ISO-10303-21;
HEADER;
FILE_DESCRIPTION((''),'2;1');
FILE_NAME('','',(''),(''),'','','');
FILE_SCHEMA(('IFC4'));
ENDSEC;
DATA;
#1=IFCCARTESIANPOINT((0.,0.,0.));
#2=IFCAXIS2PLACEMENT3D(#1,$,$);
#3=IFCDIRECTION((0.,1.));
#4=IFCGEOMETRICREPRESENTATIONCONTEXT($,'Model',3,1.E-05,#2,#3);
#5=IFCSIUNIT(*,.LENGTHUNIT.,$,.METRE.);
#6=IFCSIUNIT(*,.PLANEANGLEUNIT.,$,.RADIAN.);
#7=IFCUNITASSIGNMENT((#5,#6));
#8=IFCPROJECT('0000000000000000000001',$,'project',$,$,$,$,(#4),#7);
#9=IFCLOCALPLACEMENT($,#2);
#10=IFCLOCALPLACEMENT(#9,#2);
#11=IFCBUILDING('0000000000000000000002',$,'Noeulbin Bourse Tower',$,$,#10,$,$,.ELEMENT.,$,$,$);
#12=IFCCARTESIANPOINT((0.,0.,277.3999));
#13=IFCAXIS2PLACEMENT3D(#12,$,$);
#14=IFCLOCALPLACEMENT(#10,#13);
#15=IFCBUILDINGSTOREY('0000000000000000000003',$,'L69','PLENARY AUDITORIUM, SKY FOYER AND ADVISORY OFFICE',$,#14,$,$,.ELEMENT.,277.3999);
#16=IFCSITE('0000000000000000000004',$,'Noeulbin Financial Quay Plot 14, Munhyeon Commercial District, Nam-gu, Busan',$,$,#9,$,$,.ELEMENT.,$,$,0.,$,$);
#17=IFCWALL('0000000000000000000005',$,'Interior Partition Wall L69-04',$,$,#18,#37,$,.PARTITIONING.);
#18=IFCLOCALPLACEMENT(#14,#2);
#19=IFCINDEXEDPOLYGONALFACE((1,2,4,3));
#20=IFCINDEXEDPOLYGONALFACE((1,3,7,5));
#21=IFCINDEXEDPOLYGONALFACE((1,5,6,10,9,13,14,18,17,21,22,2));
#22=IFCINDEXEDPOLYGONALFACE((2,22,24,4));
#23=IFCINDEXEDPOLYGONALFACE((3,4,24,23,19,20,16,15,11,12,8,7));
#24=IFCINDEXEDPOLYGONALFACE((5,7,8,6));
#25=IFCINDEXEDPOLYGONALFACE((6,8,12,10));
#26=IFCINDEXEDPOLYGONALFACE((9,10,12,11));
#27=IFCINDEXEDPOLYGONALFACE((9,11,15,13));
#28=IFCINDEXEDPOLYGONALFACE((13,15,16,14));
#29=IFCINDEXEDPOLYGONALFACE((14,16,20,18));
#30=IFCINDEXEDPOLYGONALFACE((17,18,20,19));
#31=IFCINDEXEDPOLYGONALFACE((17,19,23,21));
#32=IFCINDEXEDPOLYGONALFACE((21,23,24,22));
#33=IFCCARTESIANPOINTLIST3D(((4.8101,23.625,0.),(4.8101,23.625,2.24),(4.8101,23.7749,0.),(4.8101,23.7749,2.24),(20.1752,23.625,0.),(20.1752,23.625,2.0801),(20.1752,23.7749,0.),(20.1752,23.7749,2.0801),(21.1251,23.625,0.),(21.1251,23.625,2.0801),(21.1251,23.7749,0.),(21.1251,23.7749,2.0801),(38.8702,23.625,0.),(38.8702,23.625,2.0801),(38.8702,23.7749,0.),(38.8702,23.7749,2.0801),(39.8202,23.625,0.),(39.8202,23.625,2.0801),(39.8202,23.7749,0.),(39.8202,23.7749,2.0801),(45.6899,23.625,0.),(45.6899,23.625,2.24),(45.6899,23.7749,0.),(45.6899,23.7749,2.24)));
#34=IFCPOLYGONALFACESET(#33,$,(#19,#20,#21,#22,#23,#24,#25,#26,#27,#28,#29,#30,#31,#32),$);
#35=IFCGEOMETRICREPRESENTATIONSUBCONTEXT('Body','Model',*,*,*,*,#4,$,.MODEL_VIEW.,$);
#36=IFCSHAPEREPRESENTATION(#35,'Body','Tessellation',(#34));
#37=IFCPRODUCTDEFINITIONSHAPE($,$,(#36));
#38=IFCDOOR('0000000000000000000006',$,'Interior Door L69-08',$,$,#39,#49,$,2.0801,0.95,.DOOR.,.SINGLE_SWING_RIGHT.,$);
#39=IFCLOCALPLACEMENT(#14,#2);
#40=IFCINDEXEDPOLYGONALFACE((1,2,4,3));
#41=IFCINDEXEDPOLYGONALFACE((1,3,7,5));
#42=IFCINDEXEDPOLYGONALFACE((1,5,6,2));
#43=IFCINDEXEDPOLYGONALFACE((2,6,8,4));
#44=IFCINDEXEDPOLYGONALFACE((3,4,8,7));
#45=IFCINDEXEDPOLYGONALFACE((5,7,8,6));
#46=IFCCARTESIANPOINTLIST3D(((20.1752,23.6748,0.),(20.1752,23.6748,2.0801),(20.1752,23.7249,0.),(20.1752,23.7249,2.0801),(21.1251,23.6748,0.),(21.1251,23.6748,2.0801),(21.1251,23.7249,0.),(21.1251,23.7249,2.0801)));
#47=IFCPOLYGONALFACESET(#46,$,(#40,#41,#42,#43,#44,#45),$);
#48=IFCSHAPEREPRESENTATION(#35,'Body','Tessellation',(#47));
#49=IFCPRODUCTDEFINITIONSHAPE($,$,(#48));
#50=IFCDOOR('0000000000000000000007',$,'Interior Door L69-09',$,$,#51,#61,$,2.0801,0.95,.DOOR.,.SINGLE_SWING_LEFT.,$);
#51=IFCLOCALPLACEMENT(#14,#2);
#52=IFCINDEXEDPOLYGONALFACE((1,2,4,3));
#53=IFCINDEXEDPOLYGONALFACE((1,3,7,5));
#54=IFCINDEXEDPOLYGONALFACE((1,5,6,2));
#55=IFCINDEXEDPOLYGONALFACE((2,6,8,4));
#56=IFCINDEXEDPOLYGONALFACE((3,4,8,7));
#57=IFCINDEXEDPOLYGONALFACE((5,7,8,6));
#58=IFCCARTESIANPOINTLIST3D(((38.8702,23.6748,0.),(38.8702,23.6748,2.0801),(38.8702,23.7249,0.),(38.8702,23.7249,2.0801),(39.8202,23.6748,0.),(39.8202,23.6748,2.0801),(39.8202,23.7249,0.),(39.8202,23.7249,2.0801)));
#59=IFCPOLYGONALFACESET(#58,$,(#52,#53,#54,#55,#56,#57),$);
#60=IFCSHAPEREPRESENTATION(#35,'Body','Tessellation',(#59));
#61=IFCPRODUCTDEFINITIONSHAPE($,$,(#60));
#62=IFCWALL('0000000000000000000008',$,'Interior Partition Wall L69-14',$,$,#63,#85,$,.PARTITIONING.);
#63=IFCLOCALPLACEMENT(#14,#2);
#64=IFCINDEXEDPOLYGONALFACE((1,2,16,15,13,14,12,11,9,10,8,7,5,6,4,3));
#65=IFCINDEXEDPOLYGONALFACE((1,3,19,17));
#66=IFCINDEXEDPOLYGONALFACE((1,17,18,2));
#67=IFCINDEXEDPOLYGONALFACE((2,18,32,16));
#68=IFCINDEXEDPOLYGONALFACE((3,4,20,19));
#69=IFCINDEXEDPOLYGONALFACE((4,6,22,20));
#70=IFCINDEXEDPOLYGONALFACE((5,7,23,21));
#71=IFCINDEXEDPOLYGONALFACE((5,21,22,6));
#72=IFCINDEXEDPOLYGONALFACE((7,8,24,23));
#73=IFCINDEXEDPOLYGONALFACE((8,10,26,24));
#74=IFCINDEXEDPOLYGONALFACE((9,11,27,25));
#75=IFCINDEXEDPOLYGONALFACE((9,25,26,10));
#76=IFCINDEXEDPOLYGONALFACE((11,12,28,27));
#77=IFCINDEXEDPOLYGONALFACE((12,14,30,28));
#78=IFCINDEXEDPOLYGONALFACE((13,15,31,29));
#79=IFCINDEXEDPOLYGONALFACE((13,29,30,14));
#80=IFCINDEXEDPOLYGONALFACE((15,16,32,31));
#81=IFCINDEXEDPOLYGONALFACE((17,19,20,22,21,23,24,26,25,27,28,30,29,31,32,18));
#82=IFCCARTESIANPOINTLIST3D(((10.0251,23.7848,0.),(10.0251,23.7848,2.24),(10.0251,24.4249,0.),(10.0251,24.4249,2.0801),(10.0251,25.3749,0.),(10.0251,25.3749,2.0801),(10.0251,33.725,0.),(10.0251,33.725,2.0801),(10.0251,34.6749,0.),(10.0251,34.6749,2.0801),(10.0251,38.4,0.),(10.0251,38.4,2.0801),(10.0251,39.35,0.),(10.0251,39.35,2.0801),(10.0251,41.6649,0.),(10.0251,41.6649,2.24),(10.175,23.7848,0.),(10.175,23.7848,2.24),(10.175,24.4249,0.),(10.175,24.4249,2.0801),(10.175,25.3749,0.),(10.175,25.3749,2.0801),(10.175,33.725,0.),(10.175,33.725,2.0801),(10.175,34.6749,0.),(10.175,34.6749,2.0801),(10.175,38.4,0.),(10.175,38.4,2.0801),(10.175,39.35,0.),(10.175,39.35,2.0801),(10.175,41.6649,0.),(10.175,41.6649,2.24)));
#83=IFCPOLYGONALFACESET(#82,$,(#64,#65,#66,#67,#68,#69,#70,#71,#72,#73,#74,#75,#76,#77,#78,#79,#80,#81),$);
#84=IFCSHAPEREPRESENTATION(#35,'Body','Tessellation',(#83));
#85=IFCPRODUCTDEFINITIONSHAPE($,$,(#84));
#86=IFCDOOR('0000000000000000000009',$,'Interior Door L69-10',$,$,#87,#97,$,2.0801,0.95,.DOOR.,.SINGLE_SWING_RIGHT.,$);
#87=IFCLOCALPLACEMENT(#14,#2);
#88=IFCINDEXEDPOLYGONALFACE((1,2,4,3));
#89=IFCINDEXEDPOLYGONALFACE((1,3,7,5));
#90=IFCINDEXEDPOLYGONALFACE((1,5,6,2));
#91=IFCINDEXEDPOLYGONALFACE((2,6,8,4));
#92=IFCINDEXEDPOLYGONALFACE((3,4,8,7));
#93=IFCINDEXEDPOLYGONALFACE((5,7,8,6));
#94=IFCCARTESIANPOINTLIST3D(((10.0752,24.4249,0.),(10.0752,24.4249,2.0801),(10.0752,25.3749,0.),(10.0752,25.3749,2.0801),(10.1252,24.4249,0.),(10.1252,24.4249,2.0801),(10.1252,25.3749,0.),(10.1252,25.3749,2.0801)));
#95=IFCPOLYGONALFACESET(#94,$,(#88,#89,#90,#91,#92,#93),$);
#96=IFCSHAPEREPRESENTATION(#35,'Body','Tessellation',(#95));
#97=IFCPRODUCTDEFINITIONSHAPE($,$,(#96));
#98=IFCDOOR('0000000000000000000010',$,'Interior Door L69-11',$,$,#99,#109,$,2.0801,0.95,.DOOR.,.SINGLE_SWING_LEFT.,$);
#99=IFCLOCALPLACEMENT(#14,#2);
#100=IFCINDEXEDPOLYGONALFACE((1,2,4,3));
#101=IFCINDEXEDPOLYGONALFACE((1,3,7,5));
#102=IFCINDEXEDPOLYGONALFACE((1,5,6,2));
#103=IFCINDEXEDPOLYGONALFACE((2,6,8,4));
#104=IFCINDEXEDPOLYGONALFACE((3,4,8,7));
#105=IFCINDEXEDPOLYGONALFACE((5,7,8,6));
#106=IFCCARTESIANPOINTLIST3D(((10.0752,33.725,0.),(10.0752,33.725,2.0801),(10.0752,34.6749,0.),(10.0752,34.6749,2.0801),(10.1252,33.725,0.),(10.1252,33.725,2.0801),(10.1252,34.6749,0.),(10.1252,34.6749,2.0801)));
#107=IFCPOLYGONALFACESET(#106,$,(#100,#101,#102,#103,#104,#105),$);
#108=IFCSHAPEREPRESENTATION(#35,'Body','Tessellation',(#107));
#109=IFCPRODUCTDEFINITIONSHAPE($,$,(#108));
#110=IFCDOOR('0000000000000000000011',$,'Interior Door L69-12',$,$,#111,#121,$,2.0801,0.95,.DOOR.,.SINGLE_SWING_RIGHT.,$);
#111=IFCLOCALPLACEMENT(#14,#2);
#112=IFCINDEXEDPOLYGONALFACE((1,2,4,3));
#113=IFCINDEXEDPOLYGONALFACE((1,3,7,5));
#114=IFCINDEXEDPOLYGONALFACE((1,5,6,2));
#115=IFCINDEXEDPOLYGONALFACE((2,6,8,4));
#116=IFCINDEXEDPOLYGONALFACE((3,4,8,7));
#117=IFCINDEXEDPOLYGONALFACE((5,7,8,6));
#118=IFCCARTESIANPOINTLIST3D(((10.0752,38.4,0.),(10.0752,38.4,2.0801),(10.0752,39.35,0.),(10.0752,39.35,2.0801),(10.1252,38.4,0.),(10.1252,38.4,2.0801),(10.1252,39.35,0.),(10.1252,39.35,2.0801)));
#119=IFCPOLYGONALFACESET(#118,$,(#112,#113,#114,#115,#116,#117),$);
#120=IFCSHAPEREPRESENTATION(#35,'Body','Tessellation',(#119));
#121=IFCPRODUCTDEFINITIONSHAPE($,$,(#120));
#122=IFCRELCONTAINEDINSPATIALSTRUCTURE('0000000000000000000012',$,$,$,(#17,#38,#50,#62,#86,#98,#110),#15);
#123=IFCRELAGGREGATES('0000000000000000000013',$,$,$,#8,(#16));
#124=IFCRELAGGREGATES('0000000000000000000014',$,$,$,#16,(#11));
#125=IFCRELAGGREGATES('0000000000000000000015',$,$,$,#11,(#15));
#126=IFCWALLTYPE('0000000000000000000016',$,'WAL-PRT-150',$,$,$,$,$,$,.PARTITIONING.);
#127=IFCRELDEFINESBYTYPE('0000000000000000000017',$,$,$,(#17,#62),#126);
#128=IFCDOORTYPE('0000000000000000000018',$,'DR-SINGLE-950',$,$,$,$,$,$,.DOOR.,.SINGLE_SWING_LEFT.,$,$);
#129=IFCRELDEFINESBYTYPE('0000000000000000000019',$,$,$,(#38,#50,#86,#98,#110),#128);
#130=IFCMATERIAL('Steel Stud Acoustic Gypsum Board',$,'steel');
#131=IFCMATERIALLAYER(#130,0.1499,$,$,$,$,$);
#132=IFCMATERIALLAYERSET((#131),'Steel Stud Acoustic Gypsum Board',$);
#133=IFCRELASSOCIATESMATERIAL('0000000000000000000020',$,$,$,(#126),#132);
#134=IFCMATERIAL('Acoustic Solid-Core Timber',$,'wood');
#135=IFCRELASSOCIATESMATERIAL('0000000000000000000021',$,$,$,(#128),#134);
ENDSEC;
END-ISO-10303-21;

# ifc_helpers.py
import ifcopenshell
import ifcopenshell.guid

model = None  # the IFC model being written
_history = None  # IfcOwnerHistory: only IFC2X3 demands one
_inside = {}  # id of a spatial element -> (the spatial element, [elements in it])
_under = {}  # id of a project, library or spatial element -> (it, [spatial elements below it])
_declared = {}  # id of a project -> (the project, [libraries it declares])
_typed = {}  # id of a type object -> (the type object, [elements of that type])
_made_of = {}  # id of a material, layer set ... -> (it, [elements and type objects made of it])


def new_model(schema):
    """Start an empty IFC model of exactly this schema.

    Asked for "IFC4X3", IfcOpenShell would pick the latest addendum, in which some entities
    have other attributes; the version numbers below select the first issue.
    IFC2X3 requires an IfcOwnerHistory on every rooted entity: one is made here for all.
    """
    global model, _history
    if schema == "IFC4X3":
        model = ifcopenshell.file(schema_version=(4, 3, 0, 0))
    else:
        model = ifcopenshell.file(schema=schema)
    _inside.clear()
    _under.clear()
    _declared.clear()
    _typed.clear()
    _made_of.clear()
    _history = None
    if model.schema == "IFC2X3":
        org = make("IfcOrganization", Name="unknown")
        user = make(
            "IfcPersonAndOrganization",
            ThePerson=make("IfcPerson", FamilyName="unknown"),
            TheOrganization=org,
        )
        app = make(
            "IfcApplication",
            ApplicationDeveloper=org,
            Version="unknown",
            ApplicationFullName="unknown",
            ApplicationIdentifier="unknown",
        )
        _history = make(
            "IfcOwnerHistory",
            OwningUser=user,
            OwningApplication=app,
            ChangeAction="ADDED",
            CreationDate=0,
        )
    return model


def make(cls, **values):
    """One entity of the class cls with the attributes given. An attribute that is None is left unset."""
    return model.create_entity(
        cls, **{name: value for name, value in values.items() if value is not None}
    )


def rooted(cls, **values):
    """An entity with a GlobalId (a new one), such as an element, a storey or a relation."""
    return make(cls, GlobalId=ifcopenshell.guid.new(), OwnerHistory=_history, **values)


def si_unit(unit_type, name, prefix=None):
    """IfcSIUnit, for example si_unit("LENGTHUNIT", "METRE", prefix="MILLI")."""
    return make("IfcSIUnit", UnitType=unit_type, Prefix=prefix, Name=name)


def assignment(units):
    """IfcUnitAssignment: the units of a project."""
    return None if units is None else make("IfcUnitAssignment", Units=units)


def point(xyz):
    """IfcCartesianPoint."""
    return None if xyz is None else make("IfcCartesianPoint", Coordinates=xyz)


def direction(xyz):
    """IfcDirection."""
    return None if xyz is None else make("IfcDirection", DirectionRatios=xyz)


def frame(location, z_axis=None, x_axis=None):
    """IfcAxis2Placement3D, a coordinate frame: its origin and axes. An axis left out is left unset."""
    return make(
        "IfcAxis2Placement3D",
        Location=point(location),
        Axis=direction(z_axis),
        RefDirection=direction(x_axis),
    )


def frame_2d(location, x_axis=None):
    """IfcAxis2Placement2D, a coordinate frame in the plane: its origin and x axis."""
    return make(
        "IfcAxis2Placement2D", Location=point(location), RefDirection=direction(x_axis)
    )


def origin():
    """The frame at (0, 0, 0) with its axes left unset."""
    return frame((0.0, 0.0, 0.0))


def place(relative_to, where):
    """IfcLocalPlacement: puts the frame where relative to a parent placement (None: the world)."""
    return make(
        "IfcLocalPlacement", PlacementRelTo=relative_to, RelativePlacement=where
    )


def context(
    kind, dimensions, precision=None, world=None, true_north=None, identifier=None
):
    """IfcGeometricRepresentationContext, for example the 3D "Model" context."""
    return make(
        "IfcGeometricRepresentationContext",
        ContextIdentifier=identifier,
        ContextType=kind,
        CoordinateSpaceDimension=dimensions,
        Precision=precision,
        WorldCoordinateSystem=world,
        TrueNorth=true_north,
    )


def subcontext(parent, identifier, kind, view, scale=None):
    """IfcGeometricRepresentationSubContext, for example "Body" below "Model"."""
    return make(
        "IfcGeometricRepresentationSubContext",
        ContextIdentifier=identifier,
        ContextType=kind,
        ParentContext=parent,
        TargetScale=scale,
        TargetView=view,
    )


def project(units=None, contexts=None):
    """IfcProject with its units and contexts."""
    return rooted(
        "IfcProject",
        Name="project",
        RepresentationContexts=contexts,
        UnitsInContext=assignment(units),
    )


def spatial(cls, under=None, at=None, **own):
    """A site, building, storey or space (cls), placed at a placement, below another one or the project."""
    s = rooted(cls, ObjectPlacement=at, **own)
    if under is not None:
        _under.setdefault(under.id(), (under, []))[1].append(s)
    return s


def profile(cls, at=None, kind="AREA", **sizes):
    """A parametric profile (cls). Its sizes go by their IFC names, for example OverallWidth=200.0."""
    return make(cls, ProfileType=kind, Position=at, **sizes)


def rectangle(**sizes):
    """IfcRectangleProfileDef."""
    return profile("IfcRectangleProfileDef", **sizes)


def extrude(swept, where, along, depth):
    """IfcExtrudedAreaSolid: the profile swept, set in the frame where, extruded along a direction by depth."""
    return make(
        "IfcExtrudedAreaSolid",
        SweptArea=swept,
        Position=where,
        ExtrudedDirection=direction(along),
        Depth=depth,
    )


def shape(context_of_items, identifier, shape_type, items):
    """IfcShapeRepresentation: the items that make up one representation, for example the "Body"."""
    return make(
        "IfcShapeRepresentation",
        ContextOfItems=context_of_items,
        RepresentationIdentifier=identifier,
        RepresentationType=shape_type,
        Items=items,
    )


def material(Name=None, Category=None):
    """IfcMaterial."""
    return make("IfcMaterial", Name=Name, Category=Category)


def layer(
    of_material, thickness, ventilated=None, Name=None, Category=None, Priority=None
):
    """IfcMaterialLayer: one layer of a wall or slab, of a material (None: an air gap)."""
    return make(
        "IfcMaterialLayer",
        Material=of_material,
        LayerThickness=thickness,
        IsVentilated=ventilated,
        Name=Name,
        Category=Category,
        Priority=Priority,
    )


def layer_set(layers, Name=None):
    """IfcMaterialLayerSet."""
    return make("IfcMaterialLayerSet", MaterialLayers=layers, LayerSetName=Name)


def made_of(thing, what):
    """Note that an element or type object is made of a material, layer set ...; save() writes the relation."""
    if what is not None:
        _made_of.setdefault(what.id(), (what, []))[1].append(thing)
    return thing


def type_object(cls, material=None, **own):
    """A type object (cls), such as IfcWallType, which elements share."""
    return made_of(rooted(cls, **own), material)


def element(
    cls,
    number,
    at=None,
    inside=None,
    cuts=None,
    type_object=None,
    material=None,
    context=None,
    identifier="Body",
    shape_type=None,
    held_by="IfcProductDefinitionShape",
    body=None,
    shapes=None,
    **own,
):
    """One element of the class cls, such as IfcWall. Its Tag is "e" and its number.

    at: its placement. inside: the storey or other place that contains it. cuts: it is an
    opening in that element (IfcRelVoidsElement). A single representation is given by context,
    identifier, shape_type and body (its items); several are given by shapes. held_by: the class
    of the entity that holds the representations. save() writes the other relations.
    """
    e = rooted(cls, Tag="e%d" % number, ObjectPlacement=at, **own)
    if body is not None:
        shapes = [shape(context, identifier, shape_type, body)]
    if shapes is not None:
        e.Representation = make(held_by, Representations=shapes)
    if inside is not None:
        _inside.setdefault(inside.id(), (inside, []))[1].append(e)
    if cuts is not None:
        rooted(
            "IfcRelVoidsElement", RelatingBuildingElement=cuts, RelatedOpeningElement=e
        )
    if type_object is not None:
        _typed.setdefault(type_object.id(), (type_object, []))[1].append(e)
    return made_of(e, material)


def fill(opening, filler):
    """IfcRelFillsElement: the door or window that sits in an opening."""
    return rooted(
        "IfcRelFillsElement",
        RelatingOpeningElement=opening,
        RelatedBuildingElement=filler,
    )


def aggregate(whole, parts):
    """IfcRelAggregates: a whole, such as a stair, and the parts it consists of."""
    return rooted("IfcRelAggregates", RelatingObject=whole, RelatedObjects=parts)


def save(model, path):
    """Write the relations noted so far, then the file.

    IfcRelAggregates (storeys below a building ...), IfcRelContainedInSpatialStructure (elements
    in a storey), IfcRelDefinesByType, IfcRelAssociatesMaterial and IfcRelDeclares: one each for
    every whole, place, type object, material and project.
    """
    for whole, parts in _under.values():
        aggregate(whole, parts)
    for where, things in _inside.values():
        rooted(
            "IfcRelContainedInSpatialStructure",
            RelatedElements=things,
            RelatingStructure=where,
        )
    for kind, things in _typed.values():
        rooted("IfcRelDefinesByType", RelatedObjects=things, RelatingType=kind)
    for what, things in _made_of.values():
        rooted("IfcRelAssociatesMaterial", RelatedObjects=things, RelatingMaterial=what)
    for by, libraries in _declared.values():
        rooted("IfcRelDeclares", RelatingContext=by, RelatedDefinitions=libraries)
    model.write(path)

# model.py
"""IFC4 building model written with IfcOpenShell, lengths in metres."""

from ifc_helpers import new_model, si_unit, direction, frame, frame_2d, origin, place, context, subcontext, project, spatial, rectangle, extrude, material, layer, layer_set, type_object, element, fill, save


model = new_model("IFC4")

# Units and contexts
model_context = context("Model", 3, precision=1e-05, world=origin(), true_north=direction((0.0, 1.0)))
body_context = subcontext(model_context, "Body", "Model", "MODEL_VIEW")
ifc_project = project(units=[si_unit("LENGTHUNIT", "METRE"), si_unit("PLANEANGLEUNIT", "RADIAN")], contexts=[model_context])

# Site, building, storey
site_placement = place(None, origin())
site = spatial("IfcSite", under=ifc_project, at=site_placement, Name="Noeulbin Financial Quay Plot 14, Munhyeon Commercial District, Nam-gu, Busan", CompositionType="ELEMENT", RefElevation=0.0)
building_placement = place(site_placement, origin())
building = spatial("IfcBuilding", under=site, at=building_placement, Name="Noeulbin Bourse Tower", CompositionType="ELEMENT")
storey_placement = place(building_placement, frame((0.0, 0.0, 277.3999)))
storey = spatial("IfcBuildingStorey", under=building, at=storey_placement, Name="L69", Description="PLENARY AUDITORIUM, SKY FOYER AND ADVISORY OFFICE", CompositionType="ELEMENT", Elevation=277.3999)

# Walls, openings, doors
ifc_material_1 = material(Name="Steel Stud Acoustic Gypsum Board", Category="steel")
ifc_layer_1 = layer(ifc_material_1, 0.1499)
ifc_layer_set_1 = layer_set([ifc_layer_1], Name="Steel Stud Acoustic Gypsum Board")
wall_type_1 = type_object("IfcWallType", Name="WAL-PRT-150", PredefinedType="PARTITIONING", material=ifc_layer_set_1)
wall_1_placement = place(storey_placement, frame((4.8101, 23.7, 0.0), z_axis=(0.0, 0.0, 1.0), x_axis=(1.0, 0.0, 0.0)))
wall_1 = element("IfcWall", 1, at=wall_1_placement, inside=storey, type_object=wall_type_1, Name="Interior Partition Wall L69-04", PredefinedType="PARTITIONING", context=body_context, shape_type="SweptSolid", body=[
    extrude(rectangle(XDim=40.8799, YDim=0.1499, at=frame_2d((20.4399, 0.0))), origin(), (0.0, 0.0, 1.0), 2.24),
])
opening_1_placement = place(wall_1_placement, frame((15.365, 0.0, 0.0)))
opening_1 = element("IfcOpeningElement", 2, at=opening_1_placement, cuts=wall_1, PredefinedType="OPENING", context=body_context, shape_type="SweptSolid", body=[
    extrude(rectangle(XDim=0.95, YDim=2.0801, at=frame_2d((0.4751, 1.04))), frame((0.0, 0.085, 0.0), z_axis=(0.0, -1.0, 0.0), x_axis=(1.0, 0.0, 0.0)), (0.0, 0.0, 1.0), 0.1699),
])
opening_2_placement = place(wall_1_placement, frame((34.0601, 0.0, 0.0)))
opening_2 = element("IfcOpeningElement", 3, at=opening_2_placement, cuts=wall_1, PredefinedType="OPENING", context=body_context, shape_type="SweptSolid", body=[
    extrude(rectangle(XDim=0.95, YDim=2.0801, at=frame_2d((0.4751, 1.04))), frame((0.0, 0.085, 0.0), z_axis=(0.0, -1.0, 0.0), x_axis=(1.0, 0.0, 0.0)), (0.0, 0.0, 1.0), 0.1699),
])
ifc_material_2 = material(Name="Acoustic Solid-Core Timber", Category="wood")
door_type = type_object("IfcDoorType", Name="DR-SINGLE-950", OperationType="SINGLE_SWING_LEFT", PredefinedType="DOOR", material=ifc_material_2)
door_1_placement = place(opening_1_placement, origin())
door_1 = element("IfcDoor", 4, at=door_1_placement, inside=storey, type_object=door_type, Name="Interior Door L69-08", OperationType="SINGLE_SWING_RIGHT", OverallHeight=2.0801, OverallWidth=0.95, PredefinedType="DOOR", context=body_context, shape_type="SweptSolid", body=[
    extrude(rectangle(XDim=0.95, YDim=2.0801, at=frame_2d((0.4751, 1.04))), frame((0.0, 0.0249, 0.0), z_axis=(0.0, -1.0, 0.0), x_axis=(1.0, 0.0, 0.0)), (0.0, 0.0, 1.0), 0.05),
])
fill(opening_1, door_1)
door_2_placement = place(opening_2_placement, origin())
door_2 = element("IfcDoor", 5, at=door_2_placement, inside=storey, type_object=door_type, Name="Interior Door L69-09", OperationType="SINGLE_SWING_LEFT", OverallHeight=2.0801, OverallWidth=0.95, PredefinedType="DOOR", context=body_context, shape_type="SweptSolid", body=[
    extrude(rectangle(XDim=0.95, YDim=2.0801, at=frame_2d((0.4751, 1.04))), frame((0.0, 0.0249, 0.0), z_axis=(0.0, -1.0, 0.0), x_axis=(1.0, 0.0, 0.0)), (0.0, 0.0, 1.0), 0.05),
])
fill(opening_2, door_2)
wall_2_placement = place(storey_placement, frame((10.1001, 23.7849, 0.0), z_axis=(0.0, 0.0, 1.0), x_axis=(0.0, 1.0, 0.0)))
wall_2 = element("IfcWall", 6, at=wall_2_placement, inside=storey, type_object=wall_type_1, Name="Interior Partition Wall L69-14", PredefinedType="PARTITIONING", context=body_context, shape_type="SweptSolid", body=[
    extrude(rectangle(XDim=17.8801, YDim=0.1499, at=frame_2d((8.9399, 0.0))), origin(), (0.0, 0.0, 1.0), 2.24),
])
opening_3_placement = place(wall_2_placement, frame((0.6399, 0.0, 0.0)))
opening_3 = element("IfcOpeningElement", 7, at=opening_3_placement, cuts=wall_2, PredefinedType="OPENING", context=body_context, shape_type="SweptSolid", body=[
    extrude(rectangle(XDim=0.95, YDim=2.0801, at=frame_2d((0.4751, 1.04))), frame((0.0, 0.085, 0.0), z_axis=(0.0, -1.0, 0.0), x_axis=(1.0, 0.0, 0.0)), (0.0, 0.0, 1.0), 0.1699),
])
opening_4_placement = place(wall_2_placement, frame((9.9399, 0.0, 0.0)))
opening_4 = element("IfcOpeningElement", 8, at=opening_4_placement, cuts=wall_2, PredefinedType="OPENING", context=body_context, shape_type="SweptSolid", body=[
    extrude(rectangle(XDim=0.95, YDim=2.0801, at=frame_2d((0.4751, 1.04))), frame((0.0, 0.085, 0.0), z_axis=(0.0, -1.0, 0.0), x_axis=(1.0, 0.0, 0.0)), (0.0, 0.0, 1.0), 0.1699),
])
opening_5_placement = place(wall_2_placement, frame((14.615, 0.0, 0.0)))
opening_5 = element("IfcOpeningElement", 9, at=opening_5_placement, cuts=wall_2, PredefinedType="OPENING", context=body_context, shape_type="SweptSolid", body=[
    extrude(rectangle(XDim=0.95, YDim=2.0801, at=frame_2d((0.4751, 1.04))), frame((0.0, 0.085, 0.0), z_axis=(0.0, -1.0, 0.0), x_axis=(1.0, 0.0, 0.0)), (0.0, 0.0, 1.0), 0.1699),
])
door_3_placement = place(opening_3_placement, origin())
door_3 = element("IfcDoor", 10, at=door_3_placement, inside=storey, type_object=door_type, Name="Interior Door L69-10", OperationType="SINGLE_SWING_RIGHT", OverallHeight=2.0801, OverallWidth=0.95, PredefinedType="DOOR", context=body_context, shape_type="SweptSolid", body=[
    extrude(rectangle(XDim=0.95, YDim=2.0801, at=frame_2d((0.4751, 1.04))), frame((0.0, 0.0249, 0.0), z_axis=(0.0, -1.0, 0.0), x_axis=(1.0, 0.0, 0.0)), (0.0, 0.0, 1.0), 0.05),
])
fill(opening_3, door_3)
door_4_placement = place(opening_4_placement, origin())
door_4 = element("IfcDoor", 11, at=door_4_placement, inside=storey, type_object=door_type, Name="Interior Door L69-11", OperationType="SINGLE_SWING_LEFT", OverallHeight=2.0801, OverallWidth=0.95, PredefinedType="DOOR", context=body_context, shape_type="SweptSolid", body=[
    extrude(rectangle(XDim=0.95, YDim=2.0801, at=frame_2d((0.4751, 1.04))), frame((0.0, 0.0249, 0.0), z_axis=(0.0, -1.0, 0.0), x_axis=(1.0, 0.0, 0.0)), (0.0, 0.0, 1.0), 0.05),
])
fill(opening_4, door_4)
door_5_placement = place(opening_5_placement, origin())
door_5 = element("IfcDoor", 12, at=door_5_placement, inside=storey, type_object=door_type, Name="Interior Door L69-12", OperationType="SINGLE_SWING_RIGHT", OverallHeight=2.0801, OverallWidth=0.95, PredefinedType="DOOR", context=body_context, shape_type="SweptSolid", body=[
    extrude(rectangle(XDim=0.95, YDim=2.0801, at=frame_2d((0.4751, 1.04))), frame((0.0, 0.0249, 0.0), z_axis=(0.0, -1.0, 0.0), x_axis=(1.0, 0.0, 0.0)), (0.0, 0.0, 1.0), 0.05),
])
fill(opening_5, door_5)

save(model, "model.ifc")
